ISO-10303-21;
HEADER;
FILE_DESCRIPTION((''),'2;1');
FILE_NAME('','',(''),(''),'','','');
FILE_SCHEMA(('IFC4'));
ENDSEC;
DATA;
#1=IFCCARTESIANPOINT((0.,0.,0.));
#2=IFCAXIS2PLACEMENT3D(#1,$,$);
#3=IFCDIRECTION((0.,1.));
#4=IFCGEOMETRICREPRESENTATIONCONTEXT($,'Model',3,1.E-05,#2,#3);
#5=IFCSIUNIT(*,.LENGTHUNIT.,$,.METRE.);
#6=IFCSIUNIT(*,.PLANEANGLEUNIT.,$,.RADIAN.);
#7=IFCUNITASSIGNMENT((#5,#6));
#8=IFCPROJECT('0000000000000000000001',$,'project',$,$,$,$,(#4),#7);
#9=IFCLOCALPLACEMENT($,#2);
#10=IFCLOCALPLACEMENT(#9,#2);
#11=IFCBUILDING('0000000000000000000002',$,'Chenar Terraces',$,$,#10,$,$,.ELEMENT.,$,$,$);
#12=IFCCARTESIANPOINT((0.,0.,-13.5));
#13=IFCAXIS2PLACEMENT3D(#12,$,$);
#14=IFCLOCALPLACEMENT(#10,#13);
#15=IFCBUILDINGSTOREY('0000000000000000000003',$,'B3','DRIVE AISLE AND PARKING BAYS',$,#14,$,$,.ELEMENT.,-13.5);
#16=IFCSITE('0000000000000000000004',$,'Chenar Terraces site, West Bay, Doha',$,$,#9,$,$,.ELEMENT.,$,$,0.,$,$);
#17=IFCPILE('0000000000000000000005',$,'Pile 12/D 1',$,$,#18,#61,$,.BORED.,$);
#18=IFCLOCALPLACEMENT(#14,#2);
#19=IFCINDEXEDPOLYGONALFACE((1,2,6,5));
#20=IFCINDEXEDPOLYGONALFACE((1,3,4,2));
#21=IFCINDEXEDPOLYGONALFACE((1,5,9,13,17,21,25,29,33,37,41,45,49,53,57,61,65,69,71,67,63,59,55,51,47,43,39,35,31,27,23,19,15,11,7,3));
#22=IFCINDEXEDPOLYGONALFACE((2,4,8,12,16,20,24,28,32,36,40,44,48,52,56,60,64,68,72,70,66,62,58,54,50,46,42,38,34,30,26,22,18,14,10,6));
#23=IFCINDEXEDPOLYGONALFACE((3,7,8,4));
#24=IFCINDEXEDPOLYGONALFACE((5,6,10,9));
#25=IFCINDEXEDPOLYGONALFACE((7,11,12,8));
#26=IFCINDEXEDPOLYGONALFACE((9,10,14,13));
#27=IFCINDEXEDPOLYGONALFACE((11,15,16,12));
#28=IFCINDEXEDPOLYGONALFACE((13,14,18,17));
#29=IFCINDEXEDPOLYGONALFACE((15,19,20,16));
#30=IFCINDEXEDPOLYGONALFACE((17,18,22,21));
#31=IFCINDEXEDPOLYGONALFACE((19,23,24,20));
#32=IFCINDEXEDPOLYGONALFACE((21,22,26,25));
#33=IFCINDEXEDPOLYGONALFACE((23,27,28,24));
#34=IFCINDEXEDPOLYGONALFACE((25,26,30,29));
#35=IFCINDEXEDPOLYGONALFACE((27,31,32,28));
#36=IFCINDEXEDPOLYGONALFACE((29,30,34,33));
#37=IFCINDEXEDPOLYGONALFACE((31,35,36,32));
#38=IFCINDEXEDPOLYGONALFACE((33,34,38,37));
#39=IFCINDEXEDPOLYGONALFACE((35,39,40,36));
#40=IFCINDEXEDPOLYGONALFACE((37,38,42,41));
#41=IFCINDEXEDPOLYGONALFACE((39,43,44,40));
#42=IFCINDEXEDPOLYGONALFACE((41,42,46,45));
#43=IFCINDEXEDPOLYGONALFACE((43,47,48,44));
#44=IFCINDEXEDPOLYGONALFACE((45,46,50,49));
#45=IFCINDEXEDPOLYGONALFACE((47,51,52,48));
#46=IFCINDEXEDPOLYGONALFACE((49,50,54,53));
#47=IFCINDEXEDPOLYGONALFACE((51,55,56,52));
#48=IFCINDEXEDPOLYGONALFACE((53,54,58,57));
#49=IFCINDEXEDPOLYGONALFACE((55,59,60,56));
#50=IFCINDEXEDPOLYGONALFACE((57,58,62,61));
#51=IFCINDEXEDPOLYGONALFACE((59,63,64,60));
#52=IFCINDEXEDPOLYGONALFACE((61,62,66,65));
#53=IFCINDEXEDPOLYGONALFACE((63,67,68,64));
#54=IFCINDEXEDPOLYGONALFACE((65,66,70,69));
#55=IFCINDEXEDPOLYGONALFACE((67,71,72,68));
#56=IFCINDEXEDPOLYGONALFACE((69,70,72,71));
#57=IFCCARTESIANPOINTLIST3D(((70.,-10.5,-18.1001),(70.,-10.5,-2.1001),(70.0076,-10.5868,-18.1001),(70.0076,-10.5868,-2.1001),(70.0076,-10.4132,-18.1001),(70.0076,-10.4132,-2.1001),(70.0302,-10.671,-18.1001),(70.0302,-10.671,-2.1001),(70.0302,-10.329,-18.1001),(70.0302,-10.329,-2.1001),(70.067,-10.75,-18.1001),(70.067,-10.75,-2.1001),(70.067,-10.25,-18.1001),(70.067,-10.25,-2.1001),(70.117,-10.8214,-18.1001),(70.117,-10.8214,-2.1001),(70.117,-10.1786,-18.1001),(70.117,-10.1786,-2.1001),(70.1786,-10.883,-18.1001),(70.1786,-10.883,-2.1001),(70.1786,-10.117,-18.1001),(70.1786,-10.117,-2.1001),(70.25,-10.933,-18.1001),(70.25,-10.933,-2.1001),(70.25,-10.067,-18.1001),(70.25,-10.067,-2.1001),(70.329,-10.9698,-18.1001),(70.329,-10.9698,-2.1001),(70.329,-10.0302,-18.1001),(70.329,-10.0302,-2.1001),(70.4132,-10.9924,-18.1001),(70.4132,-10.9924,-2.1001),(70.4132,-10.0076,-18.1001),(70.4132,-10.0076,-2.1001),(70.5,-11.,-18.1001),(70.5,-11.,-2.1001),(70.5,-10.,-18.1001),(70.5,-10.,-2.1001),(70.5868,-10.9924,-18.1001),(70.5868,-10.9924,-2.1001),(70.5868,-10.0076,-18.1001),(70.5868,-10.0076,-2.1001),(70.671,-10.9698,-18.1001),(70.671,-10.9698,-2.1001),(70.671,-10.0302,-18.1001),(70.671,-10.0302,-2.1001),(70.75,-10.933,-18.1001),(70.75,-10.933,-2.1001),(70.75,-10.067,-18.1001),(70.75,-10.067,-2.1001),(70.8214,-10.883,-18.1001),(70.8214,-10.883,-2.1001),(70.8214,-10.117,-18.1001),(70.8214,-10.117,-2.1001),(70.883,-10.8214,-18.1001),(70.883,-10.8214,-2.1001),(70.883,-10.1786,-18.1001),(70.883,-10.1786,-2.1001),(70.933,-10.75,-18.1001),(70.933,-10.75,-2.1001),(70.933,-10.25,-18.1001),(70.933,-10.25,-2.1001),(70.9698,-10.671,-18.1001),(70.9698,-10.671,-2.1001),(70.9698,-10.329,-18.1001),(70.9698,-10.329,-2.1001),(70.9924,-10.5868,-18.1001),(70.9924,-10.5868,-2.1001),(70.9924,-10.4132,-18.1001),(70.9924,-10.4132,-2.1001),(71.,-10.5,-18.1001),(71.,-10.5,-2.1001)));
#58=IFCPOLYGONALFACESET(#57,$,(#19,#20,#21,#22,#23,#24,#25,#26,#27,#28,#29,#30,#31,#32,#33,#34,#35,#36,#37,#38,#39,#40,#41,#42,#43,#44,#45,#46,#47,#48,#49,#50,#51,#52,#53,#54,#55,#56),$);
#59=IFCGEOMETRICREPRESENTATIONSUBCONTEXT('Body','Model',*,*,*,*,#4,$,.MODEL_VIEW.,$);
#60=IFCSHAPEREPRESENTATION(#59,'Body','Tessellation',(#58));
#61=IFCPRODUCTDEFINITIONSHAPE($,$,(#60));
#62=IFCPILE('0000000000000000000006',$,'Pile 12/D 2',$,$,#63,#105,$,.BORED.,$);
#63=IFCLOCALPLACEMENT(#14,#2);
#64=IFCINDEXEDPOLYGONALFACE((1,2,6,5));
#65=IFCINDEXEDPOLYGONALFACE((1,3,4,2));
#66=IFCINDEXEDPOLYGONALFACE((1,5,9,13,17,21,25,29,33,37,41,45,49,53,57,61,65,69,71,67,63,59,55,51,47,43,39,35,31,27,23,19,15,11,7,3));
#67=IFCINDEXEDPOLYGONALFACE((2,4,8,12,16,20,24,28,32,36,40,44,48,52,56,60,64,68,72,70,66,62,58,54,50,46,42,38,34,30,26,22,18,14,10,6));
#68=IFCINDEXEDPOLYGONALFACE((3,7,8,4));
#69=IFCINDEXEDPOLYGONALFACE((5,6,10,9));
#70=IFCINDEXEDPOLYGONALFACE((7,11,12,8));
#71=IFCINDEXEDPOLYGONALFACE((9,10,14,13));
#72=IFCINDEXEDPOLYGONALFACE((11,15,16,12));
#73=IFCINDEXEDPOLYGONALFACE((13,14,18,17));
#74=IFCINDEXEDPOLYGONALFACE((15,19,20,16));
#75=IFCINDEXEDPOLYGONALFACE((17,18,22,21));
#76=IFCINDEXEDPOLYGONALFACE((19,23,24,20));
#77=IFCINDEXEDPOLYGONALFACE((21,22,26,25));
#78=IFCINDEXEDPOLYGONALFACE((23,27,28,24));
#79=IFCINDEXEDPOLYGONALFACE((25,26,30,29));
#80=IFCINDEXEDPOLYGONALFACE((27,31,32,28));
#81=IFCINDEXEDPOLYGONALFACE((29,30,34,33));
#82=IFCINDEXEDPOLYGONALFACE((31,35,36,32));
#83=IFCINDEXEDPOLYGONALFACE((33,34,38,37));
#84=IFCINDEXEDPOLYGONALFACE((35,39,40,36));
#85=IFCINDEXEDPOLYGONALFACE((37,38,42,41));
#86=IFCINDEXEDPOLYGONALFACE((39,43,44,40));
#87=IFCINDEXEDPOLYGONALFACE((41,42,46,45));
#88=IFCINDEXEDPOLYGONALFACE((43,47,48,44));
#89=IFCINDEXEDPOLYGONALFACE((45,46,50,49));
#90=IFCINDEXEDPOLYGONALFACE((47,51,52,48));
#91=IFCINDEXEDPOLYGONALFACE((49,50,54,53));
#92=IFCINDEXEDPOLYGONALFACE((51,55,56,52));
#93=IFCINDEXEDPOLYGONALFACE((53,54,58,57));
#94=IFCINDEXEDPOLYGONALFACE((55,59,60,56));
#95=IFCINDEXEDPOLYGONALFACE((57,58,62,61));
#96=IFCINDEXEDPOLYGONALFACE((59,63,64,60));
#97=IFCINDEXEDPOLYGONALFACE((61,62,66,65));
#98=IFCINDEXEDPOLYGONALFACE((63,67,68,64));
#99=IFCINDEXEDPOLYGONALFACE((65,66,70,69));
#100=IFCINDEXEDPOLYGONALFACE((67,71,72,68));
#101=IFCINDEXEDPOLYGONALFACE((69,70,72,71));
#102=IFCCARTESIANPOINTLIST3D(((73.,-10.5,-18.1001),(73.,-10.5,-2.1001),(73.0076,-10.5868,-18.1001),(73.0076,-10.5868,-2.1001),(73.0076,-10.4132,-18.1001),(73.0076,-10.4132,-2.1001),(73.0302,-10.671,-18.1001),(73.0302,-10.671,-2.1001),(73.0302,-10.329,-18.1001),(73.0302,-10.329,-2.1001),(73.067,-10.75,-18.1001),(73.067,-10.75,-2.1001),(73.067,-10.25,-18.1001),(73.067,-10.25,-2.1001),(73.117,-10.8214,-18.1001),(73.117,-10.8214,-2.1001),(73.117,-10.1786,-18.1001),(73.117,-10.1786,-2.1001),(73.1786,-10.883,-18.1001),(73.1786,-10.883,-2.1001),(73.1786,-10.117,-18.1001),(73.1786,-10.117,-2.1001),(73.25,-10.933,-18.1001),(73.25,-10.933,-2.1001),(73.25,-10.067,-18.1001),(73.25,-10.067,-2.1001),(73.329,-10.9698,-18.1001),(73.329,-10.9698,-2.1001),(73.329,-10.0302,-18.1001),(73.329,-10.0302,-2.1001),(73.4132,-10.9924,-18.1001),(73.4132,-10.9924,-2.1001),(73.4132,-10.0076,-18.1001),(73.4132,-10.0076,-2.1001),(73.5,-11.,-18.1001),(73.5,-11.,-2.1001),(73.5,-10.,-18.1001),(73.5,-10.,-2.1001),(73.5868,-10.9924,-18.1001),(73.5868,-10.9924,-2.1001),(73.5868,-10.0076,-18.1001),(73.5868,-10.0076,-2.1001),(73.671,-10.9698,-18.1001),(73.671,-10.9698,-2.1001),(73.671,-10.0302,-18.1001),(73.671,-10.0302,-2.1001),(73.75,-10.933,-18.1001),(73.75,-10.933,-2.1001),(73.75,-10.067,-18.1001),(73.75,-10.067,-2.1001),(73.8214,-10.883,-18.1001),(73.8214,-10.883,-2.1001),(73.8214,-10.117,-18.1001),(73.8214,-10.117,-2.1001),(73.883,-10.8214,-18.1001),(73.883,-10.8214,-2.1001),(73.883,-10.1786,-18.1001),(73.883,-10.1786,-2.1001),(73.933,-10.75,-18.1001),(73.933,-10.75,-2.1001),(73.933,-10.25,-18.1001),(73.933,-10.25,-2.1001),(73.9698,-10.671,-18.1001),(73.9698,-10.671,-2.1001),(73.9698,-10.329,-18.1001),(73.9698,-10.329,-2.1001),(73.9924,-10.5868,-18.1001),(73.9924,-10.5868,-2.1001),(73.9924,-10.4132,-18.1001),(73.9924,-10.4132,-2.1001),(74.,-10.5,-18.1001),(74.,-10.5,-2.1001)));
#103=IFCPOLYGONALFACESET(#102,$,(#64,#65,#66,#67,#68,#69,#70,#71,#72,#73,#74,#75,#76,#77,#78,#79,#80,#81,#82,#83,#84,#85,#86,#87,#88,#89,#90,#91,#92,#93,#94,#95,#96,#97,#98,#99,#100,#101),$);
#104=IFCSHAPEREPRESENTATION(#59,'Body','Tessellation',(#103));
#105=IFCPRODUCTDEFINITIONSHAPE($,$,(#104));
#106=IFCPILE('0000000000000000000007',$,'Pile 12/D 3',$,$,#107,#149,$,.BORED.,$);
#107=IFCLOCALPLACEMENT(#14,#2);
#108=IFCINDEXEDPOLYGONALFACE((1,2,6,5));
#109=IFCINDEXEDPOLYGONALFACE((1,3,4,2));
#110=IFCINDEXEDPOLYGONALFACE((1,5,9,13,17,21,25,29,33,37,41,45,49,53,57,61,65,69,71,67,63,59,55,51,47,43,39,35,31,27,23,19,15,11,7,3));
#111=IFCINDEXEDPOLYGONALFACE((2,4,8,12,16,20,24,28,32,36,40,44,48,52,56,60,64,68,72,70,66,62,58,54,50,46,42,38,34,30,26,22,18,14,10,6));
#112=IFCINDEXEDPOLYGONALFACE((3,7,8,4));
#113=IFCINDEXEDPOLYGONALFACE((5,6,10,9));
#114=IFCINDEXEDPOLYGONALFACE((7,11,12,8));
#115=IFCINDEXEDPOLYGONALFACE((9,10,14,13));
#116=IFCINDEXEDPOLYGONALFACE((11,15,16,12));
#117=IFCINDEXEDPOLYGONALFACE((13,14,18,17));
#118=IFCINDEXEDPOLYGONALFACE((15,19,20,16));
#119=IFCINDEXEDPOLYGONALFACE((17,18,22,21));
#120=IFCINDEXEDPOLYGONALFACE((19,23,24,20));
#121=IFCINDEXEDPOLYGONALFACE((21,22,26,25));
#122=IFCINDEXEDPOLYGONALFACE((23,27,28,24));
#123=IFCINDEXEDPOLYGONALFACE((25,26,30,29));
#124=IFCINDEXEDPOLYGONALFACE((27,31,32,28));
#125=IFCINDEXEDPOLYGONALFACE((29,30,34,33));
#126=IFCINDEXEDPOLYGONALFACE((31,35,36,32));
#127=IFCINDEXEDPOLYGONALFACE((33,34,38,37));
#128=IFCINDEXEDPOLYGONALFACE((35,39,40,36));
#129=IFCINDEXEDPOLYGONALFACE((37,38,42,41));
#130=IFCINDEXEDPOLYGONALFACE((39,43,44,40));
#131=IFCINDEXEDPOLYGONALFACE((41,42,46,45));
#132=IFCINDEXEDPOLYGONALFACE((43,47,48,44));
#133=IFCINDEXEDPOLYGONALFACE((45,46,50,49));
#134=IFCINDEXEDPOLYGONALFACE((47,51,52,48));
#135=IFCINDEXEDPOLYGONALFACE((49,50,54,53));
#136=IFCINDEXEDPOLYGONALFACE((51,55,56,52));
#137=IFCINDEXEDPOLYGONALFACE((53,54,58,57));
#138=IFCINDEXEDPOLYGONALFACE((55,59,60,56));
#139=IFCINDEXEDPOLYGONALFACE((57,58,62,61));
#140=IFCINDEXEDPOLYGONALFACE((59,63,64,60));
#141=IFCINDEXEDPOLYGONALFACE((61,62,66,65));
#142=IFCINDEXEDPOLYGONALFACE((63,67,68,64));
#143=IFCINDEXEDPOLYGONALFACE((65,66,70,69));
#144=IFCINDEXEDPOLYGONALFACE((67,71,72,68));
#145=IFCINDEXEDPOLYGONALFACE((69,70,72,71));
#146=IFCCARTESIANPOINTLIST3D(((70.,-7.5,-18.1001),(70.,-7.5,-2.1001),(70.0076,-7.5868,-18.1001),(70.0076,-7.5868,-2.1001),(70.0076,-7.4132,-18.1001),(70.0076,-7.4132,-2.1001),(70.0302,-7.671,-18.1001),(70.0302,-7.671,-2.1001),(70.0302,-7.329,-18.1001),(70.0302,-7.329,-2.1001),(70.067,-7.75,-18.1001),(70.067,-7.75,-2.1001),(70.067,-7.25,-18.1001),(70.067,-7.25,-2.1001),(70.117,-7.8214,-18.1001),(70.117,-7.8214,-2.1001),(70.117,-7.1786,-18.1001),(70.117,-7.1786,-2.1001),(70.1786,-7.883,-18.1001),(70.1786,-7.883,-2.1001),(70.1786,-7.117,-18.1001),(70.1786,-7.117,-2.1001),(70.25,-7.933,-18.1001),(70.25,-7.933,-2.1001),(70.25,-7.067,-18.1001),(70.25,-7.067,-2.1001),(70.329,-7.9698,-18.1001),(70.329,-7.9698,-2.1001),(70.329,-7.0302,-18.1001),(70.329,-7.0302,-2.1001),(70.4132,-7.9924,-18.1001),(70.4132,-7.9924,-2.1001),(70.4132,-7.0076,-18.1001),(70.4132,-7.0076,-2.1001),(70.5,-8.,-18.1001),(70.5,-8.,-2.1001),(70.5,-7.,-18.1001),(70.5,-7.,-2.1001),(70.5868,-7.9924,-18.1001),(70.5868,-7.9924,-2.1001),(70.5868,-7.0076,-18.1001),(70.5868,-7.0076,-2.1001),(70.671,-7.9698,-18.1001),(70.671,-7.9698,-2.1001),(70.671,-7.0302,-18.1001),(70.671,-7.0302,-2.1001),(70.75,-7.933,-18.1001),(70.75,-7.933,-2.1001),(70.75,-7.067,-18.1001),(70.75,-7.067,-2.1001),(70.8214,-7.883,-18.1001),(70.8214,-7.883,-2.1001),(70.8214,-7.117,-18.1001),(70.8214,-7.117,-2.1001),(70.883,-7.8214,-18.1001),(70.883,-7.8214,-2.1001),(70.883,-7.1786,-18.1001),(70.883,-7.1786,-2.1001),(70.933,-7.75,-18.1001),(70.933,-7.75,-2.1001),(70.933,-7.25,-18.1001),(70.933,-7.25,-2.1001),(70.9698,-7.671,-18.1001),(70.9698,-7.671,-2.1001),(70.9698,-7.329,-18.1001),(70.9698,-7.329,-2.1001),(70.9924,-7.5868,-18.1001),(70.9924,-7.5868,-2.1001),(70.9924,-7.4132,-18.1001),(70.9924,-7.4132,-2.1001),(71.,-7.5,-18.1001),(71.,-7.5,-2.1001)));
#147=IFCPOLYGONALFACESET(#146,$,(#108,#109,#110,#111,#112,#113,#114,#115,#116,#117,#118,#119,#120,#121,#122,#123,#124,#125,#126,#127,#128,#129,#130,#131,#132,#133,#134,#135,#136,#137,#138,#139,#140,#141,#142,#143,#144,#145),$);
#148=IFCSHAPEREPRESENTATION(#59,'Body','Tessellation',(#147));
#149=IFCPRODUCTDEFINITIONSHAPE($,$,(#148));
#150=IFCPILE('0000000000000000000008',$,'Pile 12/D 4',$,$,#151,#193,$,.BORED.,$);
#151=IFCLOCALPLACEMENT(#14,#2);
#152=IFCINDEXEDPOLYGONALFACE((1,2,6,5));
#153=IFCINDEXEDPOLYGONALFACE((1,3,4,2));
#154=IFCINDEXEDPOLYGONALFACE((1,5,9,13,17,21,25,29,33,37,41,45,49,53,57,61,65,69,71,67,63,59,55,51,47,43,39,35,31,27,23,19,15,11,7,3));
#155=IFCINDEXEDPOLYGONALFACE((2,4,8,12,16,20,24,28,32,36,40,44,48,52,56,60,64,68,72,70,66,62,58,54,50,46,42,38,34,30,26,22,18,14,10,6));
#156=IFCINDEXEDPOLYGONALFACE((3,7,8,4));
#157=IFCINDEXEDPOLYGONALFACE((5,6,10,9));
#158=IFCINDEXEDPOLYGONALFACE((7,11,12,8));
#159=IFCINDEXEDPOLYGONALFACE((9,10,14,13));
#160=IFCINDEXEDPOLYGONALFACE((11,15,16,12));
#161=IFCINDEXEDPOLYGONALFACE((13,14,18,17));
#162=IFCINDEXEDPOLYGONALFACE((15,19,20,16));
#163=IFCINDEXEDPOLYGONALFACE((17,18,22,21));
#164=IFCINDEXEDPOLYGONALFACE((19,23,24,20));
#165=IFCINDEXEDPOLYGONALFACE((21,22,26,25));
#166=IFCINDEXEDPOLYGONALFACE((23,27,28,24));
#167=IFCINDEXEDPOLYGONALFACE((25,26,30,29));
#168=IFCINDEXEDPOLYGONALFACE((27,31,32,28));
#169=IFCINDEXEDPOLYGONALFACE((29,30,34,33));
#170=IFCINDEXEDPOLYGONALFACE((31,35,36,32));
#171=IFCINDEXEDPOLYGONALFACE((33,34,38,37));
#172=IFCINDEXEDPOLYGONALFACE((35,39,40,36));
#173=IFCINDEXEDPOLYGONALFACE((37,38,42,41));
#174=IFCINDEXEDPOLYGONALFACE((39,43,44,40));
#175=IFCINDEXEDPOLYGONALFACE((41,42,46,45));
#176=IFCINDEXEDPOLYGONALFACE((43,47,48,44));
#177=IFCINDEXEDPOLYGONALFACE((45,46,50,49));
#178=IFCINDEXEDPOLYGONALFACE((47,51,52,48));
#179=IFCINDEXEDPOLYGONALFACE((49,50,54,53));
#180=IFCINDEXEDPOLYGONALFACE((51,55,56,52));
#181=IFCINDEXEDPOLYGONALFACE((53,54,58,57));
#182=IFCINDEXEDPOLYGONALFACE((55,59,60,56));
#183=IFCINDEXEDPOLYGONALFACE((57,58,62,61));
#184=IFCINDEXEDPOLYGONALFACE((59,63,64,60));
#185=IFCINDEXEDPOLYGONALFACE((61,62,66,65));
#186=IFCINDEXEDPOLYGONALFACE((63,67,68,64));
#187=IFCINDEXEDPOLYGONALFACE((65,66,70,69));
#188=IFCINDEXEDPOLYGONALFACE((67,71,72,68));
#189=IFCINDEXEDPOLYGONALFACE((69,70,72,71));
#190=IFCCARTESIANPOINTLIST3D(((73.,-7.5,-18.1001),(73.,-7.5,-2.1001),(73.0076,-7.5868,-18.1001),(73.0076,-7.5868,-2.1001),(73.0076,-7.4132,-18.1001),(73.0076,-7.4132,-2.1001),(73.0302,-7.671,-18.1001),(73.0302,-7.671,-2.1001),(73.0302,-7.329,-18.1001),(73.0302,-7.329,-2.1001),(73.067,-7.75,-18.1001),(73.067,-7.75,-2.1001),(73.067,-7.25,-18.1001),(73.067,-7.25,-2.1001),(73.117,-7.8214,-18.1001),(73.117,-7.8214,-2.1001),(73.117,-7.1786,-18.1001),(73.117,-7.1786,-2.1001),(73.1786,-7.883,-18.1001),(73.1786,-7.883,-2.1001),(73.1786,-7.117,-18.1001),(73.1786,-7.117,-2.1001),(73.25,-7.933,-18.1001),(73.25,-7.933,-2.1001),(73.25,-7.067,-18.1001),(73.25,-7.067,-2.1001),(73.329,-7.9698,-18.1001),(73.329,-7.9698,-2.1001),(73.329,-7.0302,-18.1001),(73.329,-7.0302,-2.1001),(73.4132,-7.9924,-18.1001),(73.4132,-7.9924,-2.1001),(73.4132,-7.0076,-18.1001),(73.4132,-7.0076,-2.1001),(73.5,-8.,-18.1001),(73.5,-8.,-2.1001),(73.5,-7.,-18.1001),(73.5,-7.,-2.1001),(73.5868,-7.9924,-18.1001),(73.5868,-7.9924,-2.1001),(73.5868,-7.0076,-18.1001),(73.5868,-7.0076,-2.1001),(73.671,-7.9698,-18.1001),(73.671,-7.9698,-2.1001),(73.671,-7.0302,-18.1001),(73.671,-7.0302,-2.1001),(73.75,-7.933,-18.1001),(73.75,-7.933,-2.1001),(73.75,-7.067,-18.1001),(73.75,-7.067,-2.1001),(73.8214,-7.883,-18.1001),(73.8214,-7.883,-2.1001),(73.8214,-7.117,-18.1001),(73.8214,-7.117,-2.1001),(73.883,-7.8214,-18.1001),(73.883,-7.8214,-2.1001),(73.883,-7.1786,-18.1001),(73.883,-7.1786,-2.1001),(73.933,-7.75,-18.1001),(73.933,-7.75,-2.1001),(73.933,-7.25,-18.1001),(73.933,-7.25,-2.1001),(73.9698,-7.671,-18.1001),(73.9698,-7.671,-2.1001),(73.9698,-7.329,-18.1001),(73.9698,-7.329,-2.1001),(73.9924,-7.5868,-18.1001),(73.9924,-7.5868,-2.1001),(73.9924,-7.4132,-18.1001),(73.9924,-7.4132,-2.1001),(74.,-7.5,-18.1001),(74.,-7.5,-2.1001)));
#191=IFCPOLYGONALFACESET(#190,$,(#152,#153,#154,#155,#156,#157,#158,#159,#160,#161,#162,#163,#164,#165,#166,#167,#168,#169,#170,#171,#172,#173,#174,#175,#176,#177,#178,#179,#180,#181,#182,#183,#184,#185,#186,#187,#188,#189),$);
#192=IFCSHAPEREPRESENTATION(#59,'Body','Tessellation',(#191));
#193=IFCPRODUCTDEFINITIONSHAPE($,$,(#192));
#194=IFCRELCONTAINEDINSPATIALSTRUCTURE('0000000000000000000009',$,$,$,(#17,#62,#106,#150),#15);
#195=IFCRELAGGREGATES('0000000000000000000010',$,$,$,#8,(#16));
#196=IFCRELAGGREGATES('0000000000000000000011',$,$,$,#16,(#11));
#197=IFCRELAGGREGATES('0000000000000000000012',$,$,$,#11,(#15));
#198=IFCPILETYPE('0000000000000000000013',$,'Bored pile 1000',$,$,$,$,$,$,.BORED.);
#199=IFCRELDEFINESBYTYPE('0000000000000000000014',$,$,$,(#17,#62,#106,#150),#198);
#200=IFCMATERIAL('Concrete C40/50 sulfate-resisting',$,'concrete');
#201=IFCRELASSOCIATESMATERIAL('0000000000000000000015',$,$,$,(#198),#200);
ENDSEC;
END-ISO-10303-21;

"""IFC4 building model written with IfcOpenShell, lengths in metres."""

from ifc_helpers import new_model, si_unit, direction, frame, origin, origin_2d, place, context, subcontext, project, spatial, circle, extrude, material, material_profile, profile_set, type_object, element, save


model = new_model("IFC4")

# Units and contexts
model_context = context("Model", 3, precision=1e-05, world=origin(), true_north=direction((0.0, 1.0)))
body_context = subcontext(model_context, "Body", "Model", "MODEL_VIEW")
ifc_project = project(units=[si_unit("LENGTHUNIT", "METRE"), si_unit("PLANEANGLEUNIT", "RADIAN")], contexts=[model_context])

# Site, building, storey
site_placement = place(None, origin())
site = spatial("IfcSite", under=ifc_project, at=site_placement, Name="Chenar Terraces site, West Bay, Doha", CompositionType="ELEMENT", RefElevation=0.0)
building_placement = place(site_placement, origin())
building = spatial("IfcBuilding", under=site, at=building_placement, Name="Chenar Terraces", CompositionType="ELEMENT")
storey_placement = place(building_placement, frame((0.0, 0.0, -13.5)))
storey = spatial("IfcBuildingStorey", under=building, at=storey_placement, Name="B3", Description="DRIVE AISLE AND PARKING BAYS", CompositionType="ELEMENT", Elevation=-13.5)

# Piles
ifc_material_1 = material(Name="Concrete C40/50 sulfate-resisting", Category="concrete")
ifc_material_profile_1 = material_profile(ifc_material_1, circle(Radius=0.5, at=origin_2d()), Name="BP 1000")
ifc_profile_set_1 = profile_set([ifc_material_profile_1], Name="Concrete C40/50 sulfate-resisting")
pile_type_1 = type_object("IfcPileType", Name="Bored pile 1000", PredefinedType="BORED", material=ifc_profile_set_1)
for number, where, z_axis, x_axis, name in (
    (1, (70.5, -10.5, -2.1001), (0.0, 0.0, -1.0), (1.0, 0.0, 0.0), "Pile 12/D 1"),
    (2, (73.5, -10.5, -2.1001), (0.0, 0.0, -1.0), (1.0, 0.0, 0.0), "Pile 12/D 2"),
    (3, (70.5, -7.5, -2.1001), (0.0, 0.0, -1.0), (1.0, 0.0, 0.0), "Pile 12/D 3"),
    (4, (73.5, -7.5, -2.1001), (0.0, 0.0, -1.0), (1.0, 0.0, 0.0), "Pile 12/D 4"),
):
    element("IfcPile", number, at=place(storey_placement, frame(where, z_axis=z_axis, x_axis=x_axis)), inside=storey, type_object=pile_type_1, Name=name, PredefinedType="BORED", context=body_context, shape_type="SweptSolid", body=[
        extrude(circle(Radius=0.5, at=origin_2d()), origin(), (0.0, 0.0, 1.0), 16.0),
    ])

save(model, "model.ifc")
